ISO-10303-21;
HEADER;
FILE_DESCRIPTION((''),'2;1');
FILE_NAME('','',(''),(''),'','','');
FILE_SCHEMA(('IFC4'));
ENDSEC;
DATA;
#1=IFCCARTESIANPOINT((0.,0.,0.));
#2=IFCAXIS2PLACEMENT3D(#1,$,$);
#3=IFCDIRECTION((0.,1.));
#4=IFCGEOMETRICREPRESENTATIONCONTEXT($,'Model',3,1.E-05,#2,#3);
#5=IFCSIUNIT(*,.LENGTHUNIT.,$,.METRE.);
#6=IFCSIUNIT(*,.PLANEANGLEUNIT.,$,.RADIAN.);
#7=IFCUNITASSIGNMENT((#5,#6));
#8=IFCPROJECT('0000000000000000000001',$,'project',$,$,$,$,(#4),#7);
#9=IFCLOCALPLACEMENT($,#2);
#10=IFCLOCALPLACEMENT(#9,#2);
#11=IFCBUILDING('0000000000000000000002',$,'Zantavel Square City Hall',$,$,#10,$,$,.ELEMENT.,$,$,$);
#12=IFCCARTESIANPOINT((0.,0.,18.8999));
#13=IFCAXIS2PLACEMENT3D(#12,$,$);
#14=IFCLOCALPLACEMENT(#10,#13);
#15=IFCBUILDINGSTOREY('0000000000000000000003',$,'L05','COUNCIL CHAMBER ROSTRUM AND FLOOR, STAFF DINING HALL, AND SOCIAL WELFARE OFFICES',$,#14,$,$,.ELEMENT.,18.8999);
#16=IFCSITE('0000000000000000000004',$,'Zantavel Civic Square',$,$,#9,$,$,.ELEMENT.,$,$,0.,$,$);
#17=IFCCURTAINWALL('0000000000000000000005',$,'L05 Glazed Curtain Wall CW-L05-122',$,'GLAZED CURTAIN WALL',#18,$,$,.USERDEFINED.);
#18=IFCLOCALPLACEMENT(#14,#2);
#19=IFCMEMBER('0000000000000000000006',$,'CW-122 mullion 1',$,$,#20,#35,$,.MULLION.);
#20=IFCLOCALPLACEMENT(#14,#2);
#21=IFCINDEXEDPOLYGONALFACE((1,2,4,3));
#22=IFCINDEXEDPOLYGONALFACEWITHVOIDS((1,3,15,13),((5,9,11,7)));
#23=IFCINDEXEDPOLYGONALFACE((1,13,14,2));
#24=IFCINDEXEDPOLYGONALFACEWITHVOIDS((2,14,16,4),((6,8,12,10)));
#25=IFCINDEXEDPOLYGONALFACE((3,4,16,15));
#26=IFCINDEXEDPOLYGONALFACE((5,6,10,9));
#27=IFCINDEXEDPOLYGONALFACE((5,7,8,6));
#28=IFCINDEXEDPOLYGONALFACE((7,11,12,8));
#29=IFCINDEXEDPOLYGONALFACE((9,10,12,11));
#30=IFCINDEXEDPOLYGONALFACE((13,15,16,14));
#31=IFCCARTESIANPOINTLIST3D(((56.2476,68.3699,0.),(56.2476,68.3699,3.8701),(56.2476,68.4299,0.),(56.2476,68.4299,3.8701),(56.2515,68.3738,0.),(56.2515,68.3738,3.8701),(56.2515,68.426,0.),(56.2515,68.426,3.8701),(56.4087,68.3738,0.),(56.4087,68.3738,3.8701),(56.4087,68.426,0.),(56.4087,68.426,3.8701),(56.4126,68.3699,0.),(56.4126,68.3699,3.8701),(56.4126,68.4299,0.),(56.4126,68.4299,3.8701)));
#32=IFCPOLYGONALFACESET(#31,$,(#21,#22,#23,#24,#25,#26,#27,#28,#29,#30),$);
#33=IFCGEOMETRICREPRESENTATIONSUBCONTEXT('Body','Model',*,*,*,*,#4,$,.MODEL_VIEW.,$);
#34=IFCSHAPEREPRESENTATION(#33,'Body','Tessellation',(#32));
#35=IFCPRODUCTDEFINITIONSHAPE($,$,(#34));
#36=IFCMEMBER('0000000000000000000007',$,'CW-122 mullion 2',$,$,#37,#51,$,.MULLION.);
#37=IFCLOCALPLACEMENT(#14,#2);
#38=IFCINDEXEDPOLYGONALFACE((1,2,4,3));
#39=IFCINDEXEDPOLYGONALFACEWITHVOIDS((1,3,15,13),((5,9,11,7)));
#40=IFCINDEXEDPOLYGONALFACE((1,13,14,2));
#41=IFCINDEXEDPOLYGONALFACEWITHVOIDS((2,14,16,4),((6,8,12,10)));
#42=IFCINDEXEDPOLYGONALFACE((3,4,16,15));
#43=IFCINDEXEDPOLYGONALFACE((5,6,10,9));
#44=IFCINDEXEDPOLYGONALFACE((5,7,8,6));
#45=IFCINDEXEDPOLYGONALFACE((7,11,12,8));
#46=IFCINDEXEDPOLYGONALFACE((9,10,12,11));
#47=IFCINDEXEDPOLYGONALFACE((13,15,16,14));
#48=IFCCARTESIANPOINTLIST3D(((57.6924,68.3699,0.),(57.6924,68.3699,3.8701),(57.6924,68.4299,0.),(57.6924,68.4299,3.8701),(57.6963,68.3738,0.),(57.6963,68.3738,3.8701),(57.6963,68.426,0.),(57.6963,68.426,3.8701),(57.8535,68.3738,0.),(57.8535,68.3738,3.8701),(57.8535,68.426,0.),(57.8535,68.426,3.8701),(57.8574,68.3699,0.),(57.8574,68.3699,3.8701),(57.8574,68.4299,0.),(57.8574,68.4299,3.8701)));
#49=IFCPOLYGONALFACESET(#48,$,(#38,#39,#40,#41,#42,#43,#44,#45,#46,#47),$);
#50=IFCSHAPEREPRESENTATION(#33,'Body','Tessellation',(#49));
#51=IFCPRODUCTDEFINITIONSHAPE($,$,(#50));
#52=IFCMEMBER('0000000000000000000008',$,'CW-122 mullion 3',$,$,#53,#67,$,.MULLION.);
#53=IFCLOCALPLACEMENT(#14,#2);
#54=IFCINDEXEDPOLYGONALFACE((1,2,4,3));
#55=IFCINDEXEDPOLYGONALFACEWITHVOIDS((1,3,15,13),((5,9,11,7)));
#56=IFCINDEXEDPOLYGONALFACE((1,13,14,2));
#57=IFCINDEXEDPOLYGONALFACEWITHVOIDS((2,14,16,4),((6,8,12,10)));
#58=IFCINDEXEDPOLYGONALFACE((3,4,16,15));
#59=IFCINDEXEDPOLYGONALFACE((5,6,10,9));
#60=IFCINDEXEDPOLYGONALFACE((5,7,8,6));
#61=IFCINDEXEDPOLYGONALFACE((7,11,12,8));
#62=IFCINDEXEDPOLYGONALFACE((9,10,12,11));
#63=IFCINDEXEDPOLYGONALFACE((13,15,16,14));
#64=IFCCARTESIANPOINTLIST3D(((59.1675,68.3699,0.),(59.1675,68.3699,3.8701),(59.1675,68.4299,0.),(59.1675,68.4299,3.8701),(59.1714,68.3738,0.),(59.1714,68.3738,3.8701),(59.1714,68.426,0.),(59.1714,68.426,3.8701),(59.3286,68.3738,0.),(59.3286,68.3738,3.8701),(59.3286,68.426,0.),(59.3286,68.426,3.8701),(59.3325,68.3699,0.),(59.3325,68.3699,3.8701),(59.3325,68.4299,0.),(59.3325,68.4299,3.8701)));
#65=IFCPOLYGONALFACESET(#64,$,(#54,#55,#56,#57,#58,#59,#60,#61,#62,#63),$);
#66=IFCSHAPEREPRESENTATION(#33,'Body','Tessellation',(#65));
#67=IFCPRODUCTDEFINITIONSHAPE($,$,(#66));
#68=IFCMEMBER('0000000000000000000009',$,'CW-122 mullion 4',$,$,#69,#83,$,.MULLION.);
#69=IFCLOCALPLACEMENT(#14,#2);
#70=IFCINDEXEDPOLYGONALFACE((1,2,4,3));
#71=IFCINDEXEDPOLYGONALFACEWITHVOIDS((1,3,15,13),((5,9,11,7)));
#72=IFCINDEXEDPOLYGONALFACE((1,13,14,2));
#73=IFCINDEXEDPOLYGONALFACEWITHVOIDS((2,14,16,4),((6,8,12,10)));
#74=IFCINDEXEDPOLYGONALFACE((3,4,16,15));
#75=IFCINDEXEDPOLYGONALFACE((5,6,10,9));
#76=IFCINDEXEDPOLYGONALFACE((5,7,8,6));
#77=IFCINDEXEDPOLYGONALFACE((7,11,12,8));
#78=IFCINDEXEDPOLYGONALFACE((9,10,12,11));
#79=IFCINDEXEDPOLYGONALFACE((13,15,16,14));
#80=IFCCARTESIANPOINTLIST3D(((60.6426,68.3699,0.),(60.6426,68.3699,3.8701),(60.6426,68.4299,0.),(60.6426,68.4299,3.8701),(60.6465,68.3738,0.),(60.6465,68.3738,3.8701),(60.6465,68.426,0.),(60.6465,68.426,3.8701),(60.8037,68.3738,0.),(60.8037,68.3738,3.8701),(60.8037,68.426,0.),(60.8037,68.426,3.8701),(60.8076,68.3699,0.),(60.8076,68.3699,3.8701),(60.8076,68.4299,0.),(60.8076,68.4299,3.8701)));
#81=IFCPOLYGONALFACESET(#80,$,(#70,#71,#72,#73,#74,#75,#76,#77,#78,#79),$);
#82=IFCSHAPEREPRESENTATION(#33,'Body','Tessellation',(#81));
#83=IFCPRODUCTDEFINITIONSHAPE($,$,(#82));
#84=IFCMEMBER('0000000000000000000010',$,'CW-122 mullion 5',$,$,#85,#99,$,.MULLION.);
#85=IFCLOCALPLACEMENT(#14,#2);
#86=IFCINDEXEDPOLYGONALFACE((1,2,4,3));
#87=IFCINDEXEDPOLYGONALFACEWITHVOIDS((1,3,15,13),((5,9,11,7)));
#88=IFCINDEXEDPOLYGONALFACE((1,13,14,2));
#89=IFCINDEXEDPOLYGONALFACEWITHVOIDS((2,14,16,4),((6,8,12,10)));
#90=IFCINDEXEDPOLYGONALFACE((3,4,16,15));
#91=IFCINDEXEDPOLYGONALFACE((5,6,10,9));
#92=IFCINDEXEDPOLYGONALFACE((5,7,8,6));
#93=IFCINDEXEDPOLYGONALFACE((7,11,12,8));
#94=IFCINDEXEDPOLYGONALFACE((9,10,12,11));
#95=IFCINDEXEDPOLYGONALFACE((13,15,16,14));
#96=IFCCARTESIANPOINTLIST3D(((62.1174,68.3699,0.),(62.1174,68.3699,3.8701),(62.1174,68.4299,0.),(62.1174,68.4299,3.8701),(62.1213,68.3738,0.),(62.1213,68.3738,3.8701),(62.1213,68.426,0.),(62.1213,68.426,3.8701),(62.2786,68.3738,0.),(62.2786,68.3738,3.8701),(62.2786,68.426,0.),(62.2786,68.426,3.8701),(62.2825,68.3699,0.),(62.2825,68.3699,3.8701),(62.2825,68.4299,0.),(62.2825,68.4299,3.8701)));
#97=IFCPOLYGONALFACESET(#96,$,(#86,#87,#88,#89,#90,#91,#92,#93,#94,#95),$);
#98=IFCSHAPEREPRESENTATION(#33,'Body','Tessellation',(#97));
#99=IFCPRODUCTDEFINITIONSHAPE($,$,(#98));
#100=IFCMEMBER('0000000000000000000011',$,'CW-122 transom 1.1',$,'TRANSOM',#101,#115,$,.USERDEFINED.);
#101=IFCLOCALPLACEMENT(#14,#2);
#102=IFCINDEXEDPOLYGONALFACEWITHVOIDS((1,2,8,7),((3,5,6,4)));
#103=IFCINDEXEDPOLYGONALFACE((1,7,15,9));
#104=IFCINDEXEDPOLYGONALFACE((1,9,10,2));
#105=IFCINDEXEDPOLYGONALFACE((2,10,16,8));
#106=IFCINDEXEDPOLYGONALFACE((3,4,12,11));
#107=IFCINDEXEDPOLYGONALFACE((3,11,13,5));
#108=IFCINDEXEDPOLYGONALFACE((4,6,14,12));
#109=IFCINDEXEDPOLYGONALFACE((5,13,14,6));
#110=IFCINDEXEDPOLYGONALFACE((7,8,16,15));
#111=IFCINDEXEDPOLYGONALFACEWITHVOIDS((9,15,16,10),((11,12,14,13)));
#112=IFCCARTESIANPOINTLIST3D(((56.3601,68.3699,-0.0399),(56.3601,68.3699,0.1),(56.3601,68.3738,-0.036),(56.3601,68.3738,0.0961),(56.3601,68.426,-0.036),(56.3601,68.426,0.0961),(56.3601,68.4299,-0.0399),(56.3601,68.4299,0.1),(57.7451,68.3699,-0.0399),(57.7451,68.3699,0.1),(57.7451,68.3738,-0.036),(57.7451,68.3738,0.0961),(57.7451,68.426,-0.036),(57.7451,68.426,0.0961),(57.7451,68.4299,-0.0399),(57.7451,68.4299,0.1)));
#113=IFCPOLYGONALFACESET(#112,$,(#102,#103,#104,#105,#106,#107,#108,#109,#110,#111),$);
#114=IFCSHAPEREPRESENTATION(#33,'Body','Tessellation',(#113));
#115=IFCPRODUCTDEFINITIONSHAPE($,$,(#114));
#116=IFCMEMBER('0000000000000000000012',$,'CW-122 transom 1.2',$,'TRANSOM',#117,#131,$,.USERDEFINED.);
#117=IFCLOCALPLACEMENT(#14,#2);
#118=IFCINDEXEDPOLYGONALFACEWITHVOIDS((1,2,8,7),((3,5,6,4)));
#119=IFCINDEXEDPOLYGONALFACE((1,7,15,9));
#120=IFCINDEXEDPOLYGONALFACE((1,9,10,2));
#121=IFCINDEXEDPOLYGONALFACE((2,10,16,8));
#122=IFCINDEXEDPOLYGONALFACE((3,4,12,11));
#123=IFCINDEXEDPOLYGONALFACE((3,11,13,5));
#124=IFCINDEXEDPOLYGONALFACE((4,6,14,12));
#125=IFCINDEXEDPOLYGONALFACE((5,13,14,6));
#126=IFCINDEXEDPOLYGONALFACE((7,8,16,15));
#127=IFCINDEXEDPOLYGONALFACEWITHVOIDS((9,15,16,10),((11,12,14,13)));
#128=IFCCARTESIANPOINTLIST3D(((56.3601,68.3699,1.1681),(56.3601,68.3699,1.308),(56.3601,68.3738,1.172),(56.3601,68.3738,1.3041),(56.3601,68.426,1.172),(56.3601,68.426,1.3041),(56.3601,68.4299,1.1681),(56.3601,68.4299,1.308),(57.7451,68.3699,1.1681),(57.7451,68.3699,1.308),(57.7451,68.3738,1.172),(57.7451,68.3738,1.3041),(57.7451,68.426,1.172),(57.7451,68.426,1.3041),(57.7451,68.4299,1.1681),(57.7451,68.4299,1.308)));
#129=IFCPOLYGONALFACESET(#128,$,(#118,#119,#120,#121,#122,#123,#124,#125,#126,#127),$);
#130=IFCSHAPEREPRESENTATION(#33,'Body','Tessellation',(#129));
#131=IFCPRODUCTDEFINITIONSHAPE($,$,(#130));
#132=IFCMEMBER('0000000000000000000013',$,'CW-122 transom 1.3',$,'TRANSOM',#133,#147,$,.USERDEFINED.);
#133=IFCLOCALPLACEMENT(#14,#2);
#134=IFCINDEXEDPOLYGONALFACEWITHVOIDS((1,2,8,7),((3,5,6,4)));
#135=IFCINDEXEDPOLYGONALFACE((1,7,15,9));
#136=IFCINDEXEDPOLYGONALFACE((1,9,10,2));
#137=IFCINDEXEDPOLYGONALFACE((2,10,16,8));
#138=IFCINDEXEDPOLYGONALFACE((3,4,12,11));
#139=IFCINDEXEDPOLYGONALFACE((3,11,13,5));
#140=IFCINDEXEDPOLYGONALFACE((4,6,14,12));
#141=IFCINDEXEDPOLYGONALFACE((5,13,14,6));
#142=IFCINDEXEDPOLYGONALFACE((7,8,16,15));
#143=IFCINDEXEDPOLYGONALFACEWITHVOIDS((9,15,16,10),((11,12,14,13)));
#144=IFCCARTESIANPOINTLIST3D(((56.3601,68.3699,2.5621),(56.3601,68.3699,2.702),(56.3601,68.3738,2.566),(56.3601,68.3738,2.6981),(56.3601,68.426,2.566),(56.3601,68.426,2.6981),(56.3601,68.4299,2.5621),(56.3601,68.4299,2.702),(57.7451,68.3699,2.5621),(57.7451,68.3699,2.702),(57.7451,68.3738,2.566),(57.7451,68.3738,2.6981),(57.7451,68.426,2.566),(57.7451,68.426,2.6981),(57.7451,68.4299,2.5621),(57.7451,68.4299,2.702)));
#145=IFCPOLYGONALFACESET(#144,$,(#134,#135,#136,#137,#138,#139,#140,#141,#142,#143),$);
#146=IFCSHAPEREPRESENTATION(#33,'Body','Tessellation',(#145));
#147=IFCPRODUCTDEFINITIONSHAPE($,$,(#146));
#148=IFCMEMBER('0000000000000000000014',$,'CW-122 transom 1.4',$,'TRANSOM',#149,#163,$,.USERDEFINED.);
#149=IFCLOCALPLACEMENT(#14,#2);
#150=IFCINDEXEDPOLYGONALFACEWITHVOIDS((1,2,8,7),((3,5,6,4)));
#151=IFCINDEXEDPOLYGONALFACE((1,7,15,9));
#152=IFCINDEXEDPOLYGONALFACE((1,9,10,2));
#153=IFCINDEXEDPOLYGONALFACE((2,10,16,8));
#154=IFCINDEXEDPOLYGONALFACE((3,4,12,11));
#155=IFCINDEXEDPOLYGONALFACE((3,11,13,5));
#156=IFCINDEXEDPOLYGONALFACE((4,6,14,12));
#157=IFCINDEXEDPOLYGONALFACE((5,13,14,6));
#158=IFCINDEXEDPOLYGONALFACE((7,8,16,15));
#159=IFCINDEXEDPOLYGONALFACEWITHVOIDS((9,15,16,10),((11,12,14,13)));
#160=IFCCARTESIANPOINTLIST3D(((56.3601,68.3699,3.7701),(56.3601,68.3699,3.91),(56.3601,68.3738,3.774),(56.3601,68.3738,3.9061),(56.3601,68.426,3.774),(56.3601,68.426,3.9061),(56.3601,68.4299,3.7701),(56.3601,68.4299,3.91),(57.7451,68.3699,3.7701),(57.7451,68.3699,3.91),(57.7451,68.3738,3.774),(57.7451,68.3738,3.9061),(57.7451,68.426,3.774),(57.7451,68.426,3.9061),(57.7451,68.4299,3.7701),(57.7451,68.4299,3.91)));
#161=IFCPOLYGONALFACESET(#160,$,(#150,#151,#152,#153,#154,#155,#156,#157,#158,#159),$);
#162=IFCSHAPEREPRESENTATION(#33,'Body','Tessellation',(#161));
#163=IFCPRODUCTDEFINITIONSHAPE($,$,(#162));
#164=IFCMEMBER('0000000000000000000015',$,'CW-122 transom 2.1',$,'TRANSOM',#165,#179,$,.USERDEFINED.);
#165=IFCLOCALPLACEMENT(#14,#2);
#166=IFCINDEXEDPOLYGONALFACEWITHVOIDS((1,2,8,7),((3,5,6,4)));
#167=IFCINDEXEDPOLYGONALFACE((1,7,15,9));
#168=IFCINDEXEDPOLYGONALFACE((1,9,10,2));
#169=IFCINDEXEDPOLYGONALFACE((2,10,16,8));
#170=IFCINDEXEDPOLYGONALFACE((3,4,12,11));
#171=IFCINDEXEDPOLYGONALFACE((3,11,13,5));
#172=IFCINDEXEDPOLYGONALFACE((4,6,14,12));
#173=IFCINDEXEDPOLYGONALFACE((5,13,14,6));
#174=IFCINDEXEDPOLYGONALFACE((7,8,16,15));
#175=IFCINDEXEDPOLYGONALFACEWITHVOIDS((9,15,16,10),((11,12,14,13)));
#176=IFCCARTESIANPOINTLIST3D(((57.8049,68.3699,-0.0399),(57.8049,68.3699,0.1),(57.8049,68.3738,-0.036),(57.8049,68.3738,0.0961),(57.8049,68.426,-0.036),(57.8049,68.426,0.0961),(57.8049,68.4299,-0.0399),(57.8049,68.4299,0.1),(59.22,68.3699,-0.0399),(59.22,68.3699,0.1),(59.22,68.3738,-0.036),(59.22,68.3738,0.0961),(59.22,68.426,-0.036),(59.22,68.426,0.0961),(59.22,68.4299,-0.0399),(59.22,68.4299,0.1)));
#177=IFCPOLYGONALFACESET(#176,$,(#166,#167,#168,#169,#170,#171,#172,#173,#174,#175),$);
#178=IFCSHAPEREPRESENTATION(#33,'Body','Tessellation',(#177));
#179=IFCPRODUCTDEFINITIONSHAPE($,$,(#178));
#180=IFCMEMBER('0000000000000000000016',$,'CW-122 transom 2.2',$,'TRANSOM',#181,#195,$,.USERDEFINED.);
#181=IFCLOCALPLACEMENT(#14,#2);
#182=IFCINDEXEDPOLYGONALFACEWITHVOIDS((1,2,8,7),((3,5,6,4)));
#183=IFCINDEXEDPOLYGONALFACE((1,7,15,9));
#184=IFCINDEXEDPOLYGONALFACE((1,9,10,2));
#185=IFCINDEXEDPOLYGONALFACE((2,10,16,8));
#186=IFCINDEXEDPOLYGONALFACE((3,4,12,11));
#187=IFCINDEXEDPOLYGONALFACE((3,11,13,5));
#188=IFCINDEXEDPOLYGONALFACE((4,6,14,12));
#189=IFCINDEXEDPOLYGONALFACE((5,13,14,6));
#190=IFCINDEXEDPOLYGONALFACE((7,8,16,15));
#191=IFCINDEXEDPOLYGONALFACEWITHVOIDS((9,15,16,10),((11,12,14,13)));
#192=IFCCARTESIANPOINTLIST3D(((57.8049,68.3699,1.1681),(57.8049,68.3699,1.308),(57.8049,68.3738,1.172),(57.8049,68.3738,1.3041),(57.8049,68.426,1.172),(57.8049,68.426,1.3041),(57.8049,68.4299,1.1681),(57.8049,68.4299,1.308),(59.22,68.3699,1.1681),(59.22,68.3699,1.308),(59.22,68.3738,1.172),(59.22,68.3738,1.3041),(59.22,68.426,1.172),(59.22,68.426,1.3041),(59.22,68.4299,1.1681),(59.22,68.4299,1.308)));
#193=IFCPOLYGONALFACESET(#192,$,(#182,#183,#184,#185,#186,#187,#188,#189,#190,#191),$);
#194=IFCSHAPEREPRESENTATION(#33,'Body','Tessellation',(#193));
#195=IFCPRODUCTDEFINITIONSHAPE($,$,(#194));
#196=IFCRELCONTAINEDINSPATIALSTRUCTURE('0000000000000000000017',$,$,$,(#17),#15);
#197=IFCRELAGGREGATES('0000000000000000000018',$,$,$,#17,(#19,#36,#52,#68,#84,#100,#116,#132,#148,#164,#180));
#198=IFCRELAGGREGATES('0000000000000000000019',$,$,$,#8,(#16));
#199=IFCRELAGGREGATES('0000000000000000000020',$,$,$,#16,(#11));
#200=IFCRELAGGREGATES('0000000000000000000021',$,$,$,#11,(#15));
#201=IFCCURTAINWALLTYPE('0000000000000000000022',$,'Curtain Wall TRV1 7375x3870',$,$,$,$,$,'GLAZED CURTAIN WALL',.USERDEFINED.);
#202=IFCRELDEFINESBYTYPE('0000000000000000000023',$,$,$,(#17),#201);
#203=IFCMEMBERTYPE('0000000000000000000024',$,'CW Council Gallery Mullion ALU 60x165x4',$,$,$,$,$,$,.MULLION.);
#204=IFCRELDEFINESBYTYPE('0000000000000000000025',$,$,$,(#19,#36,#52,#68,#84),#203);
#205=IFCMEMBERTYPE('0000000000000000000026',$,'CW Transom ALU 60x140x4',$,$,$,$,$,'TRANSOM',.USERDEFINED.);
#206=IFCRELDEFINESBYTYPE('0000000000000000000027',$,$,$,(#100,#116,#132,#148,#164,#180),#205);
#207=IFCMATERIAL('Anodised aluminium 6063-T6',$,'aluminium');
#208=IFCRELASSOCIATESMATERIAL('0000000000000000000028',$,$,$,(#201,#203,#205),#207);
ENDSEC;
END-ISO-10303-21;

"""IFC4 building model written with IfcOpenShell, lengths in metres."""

from ifc_helpers import new_model, si_unit, direction, frame, origin, origin_2d, place, context, subcontext, project, spatial, hollow_rectangle, extrude, material, material_profile, profile_set, type_object, element, aggregate, save


model = new_model("IFC4")

# Units and contexts
model_context = context("Model", 3, precision=1e-05, world=origin(), true_north=direction((0.0, 1.0)))
body_context = subcontext(model_context, "Body", "Model", "MODEL_VIEW")
ifc_project = project(units=[si_unit("LENGTHUNIT", "METRE"), si_unit("PLANEANGLEUNIT", "RADIAN")], contexts=[model_context])

# Site, building, storey
site_placement = place(None, origin())
site = spatial("IfcSite", under=ifc_project, at=site_placement, Name="Zantavel Civic Square", CompositionType="ELEMENT", RefElevation=0.0)
building_placement = place(site_placement, origin())
building = spatial("IfcBuilding", under=site, at=building_placement, Name="Zantavel Square City Hall", CompositionType="ELEMENT")
storey_placement = place(building_placement, frame((0.0, 0.0, 18.8999)))
storey = spatial("IfcBuildingStorey", under=building, at=storey_placement, Name="L05", Description="COUNCIL CHAMBER ROSTRUM AND FLOOR, STAFF DINING HALL, AND SOCIAL WELFARE OFFICES", CompositionType="ELEMENT", Elevation=18.8999)

# Curtain wall, members
ifc_material_1 = material(Name="Anodised aluminium 6063-T6", Category="aluminium")
curtain_wall_type = type_object("IfcCurtainWallType", Name="Curtain Wall TRV1 7375x3870", ElementType="GLAZED CURTAIN WALL", PredefinedType="USERDEFINED", material=ifc_material_1)
curtain_wall_placement = place(storey_placement, origin())
curtain_wall = element("IfcCurtainWall", 1, at=curtain_wall_placement, inside=storey, type_object=curtain_wall_type, Name="L05 Glazed Curtain Wall CW-L05-122", ObjectType="GLAZED CURTAIN WALL", PredefinedType="USERDEFINED")
ifc_material_profile_1 = material_profile(ifc_material_1, hollow_rectangle(XDim=0.0601, YDim=0.165, WallThickness=0.0039, at=origin_2d()), Name="ALU 60x165x4")
ifc_profile_set_1 = profile_set([ifc_material_profile_1], Name="Anodised aluminium 6063-T6")
member_type_1 = type_object("IfcMemberType", Name="CW Council Gallery Mullion ALU 60x165x4", PredefinedType="MULLION", material=ifc_profile_set_1)
member_1_placement = place(storey_placement, frame((56.3301, 68.3999, 0.0), z_axis=(0.0, 0.0, 1.0), x_axis=(0.0, 1.0, 0.0)))
member_1 = element("IfcMember", 2, at=member_1_placement, type_object=member_type_1, Name="CW-122 mullion 1", PredefinedType="MULLION", context=body_context, shape_type="SweptSolid", body=[
    extrude(hollow_rectangle(XDim=0.0601, YDim=0.165, WallThickness=0.0039, at=origin_2d()), origin(), (0.0, 0.0, 1.0), 3.8701),
])
member_2_placement = place(storey_placement, frame((57.7749, 68.3999, 0.0), z_axis=(0.0, 0.0, 1.0), x_axis=(0.0, 1.0, 0.0)))
member_2 = element("IfcMember", 3, at=member_2_placement, type_object=member_type_1, Name="CW-122 mullion 2", PredefinedType="MULLION", context=body_context, shape_type="SweptSolid", body=[
    extrude(hollow_rectangle(XDim=0.0601, YDim=0.165, WallThickness=0.0039, at=origin_2d()), origin(), (0.0, 0.0, 1.0), 3.8701),
])
member_3_placement = place(storey_placement, frame((59.25, 68.3999, 0.0), z_axis=(0.0, 0.0, 1.0), x_axis=(0.0, 1.0, 0.0)))
member_3 = element("IfcMember", 4, at=member_3_placement, type_object=member_type_1, Name="CW-122 mullion 3", PredefinedType="MULLION", context=body_context, shape_type="SweptSolid", body=[
    extrude(hollow_rectangle(XDim=0.0601, YDim=0.165, WallThickness=0.0039, at=origin_2d()), origin(), (0.0, 0.0, 1.0), 3.8701),
])
member_4_placement = place(storey_placement, frame((60.7251, 68.3999, 0.0), z_axis=(0.0, 0.0, 1.0), x_axis=(0.0, 1.0, 0.0)))
member_4 = element("IfcMember", 5, at=member_4_placement, type_object=member_type_1, Name="CW-122 mullion 4", PredefinedType="MULLION", context=body_context, shape_type="SweptSolid", body=[
    extrude(hollow_rectangle(XDim=0.0601, YDim=0.165, WallThickness=0.0039, at=origin_2d()), origin(), (0.0, 0.0, 1.0), 3.8701),
])
member_5_placement = place(storey_placement, frame((62.2, 68.3999, 0.0), z_axis=(0.0, 0.0, 1.0), x_axis=(0.0, 1.0, 0.0)))
member_5 = element("IfcMember", 6, at=member_5_placement, type_object=member_type_1, Name="CW-122 mullion 5", PredefinedType="MULLION", context=body_context, shape_type="SweptSolid", body=[
    extrude(hollow_rectangle(XDim=0.0601, YDim=0.165, WallThickness=0.0039, at=origin_2d()), origin(), (0.0, 0.0, 1.0), 3.8701),
])
ifc_material_profile_2 = material_profile(ifc_material_1, hollow_rectangle(XDim=0.0601, YDim=0.1399, WallThickness=0.0039, at=origin_2d()), Name="ALU 60x140x4")
ifc_profile_set_2 = profile_set([ifc_material_profile_2], Name="Anodised aluminium 6063-T6")
member_type_2 = type_object("IfcMemberType", Name="CW Transom ALU 60x140x4", ElementType="TRANSOM", PredefinedType="USERDEFINED", material=ifc_profile_set_2)
member_6_placement = place(storey_placement, frame((56.3601, 68.3999, 0.03), z_axis=(1.0, 0.0, 0.0), x_axis=(0.0, 1.0, 0.0)))
member_6 = element("IfcMember", 7, at=member_6_placement, type_object=member_type_2, Name="CW-122 transom 1.1", ObjectType="TRANSOM", PredefinedType="USERDEFINED", context=body_context, shape_type="SweptSolid", body=[
    extrude(hollow_rectangle(XDim=0.0601, YDim=0.1399, WallThickness=0.0039, at=origin_2d()), origin(), (0.0, 0.0, 1.0), 1.385),
])
member_7_placement = place(storey_placement, frame((56.3601, 68.3999, 1.238), z_axis=(1.0, 0.0, 0.0), x_axis=(0.0, 1.0, 0.0)))
member_7 = element("IfcMember", 8, at=member_7_placement, type_object=member_type_2, Name="CW-122 transom 1.2", ObjectType="TRANSOM", PredefinedType="USERDEFINED", context=body_context, shape_type="SweptSolid", body=[
    extrude(hollow_rectangle(XDim=0.0601, YDim=0.1399, WallThickness=0.0039, at=origin_2d()), origin(), (0.0, 0.0, 1.0), 1.385),
])
member_8_placement = place(storey_placement, frame((56.3601, 68.3999, 2.6321), z_axis=(1.0, 0.0, 0.0), x_axis=(0.0, 1.0, 0.0)))
member_8 = element("IfcMember", 9, at=member_8_placement, type_object=member_type_2, Name="CW-122 transom 1.3", ObjectType="TRANSOM", PredefinedType="USERDEFINED", context=body_context, shape_type="SweptSolid", body=[
    extrude(hollow_rectangle(XDim=0.0601, YDim=0.1399, WallThickness=0.0039, at=origin_2d()), origin(), (0.0, 0.0, 1.0), 1.385),
])
member_9_placement = place(storey_placement, frame((56.3601, 68.3999, 3.8401), z_axis=(1.0, 0.0, 0.0), x_axis=(0.0, 1.0, 0.0)))
member_9 = element("IfcMember", 10, at=member_9_placement, type_object=member_type_2, Name="CW-122 transom 1.4", ObjectType="TRANSOM", PredefinedType="USERDEFINED", context=body_context, shape_type="SweptSolid", body=[
    extrude(hollow_rectangle(XDim=0.0601, YDim=0.1399, WallThickness=0.0039, at=origin_2d()), origin(), (0.0, 0.0, 1.0), 1.385),
])
member_10_placement = place(storey_placement, frame((57.8049, 68.3999, 0.03), z_axis=(1.0, 0.0, 0.0), x_axis=(0.0, 1.0, 0.0)))
member_10 = element("IfcMember", 11, at=member_10_placement, type_object=member_type_2, Name="CW-122 transom 2.1", ObjectType="TRANSOM", PredefinedType="USERDEFINED", context=body_context, shape_type="SweptSolid", body=[
    extrude(hollow_rectangle(XDim=0.0601, YDim=0.1399, WallThickness=0.0039, at=origin_2d()), origin(), (0.0, 0.0, 1.0), 1.415),
])
member_11_placement = place(storey_placement, frame((57.8049, 68.3999, 1.238), z_axis=(1.0, 0.0, 0.0), x_axis=(0.0, 1.0, 0.0)))
member_11 = element("IfcMember", 12, at=member_11_placement, type_object=member_type_2, Name="CW-122 transom 2.2", ObjectType="TRANSOM", PredefinedType="USERDEFINED", context=body_context, shape_type="SweptSolid", body=[
    extrude(hollow_rectangle(XDim=0.0601, YDim=0.1399, WallThickness=0.0039, at=origin_2d()), origin(), (0.0, 0.0, 1.0), 1.415),
])

aggregate(curtain_wall, [member_1, member_2, member_3, member_4, member_5, member_6, member_7, member_8, member_9, member_10, member_11])

save(model, "model.ifc")
